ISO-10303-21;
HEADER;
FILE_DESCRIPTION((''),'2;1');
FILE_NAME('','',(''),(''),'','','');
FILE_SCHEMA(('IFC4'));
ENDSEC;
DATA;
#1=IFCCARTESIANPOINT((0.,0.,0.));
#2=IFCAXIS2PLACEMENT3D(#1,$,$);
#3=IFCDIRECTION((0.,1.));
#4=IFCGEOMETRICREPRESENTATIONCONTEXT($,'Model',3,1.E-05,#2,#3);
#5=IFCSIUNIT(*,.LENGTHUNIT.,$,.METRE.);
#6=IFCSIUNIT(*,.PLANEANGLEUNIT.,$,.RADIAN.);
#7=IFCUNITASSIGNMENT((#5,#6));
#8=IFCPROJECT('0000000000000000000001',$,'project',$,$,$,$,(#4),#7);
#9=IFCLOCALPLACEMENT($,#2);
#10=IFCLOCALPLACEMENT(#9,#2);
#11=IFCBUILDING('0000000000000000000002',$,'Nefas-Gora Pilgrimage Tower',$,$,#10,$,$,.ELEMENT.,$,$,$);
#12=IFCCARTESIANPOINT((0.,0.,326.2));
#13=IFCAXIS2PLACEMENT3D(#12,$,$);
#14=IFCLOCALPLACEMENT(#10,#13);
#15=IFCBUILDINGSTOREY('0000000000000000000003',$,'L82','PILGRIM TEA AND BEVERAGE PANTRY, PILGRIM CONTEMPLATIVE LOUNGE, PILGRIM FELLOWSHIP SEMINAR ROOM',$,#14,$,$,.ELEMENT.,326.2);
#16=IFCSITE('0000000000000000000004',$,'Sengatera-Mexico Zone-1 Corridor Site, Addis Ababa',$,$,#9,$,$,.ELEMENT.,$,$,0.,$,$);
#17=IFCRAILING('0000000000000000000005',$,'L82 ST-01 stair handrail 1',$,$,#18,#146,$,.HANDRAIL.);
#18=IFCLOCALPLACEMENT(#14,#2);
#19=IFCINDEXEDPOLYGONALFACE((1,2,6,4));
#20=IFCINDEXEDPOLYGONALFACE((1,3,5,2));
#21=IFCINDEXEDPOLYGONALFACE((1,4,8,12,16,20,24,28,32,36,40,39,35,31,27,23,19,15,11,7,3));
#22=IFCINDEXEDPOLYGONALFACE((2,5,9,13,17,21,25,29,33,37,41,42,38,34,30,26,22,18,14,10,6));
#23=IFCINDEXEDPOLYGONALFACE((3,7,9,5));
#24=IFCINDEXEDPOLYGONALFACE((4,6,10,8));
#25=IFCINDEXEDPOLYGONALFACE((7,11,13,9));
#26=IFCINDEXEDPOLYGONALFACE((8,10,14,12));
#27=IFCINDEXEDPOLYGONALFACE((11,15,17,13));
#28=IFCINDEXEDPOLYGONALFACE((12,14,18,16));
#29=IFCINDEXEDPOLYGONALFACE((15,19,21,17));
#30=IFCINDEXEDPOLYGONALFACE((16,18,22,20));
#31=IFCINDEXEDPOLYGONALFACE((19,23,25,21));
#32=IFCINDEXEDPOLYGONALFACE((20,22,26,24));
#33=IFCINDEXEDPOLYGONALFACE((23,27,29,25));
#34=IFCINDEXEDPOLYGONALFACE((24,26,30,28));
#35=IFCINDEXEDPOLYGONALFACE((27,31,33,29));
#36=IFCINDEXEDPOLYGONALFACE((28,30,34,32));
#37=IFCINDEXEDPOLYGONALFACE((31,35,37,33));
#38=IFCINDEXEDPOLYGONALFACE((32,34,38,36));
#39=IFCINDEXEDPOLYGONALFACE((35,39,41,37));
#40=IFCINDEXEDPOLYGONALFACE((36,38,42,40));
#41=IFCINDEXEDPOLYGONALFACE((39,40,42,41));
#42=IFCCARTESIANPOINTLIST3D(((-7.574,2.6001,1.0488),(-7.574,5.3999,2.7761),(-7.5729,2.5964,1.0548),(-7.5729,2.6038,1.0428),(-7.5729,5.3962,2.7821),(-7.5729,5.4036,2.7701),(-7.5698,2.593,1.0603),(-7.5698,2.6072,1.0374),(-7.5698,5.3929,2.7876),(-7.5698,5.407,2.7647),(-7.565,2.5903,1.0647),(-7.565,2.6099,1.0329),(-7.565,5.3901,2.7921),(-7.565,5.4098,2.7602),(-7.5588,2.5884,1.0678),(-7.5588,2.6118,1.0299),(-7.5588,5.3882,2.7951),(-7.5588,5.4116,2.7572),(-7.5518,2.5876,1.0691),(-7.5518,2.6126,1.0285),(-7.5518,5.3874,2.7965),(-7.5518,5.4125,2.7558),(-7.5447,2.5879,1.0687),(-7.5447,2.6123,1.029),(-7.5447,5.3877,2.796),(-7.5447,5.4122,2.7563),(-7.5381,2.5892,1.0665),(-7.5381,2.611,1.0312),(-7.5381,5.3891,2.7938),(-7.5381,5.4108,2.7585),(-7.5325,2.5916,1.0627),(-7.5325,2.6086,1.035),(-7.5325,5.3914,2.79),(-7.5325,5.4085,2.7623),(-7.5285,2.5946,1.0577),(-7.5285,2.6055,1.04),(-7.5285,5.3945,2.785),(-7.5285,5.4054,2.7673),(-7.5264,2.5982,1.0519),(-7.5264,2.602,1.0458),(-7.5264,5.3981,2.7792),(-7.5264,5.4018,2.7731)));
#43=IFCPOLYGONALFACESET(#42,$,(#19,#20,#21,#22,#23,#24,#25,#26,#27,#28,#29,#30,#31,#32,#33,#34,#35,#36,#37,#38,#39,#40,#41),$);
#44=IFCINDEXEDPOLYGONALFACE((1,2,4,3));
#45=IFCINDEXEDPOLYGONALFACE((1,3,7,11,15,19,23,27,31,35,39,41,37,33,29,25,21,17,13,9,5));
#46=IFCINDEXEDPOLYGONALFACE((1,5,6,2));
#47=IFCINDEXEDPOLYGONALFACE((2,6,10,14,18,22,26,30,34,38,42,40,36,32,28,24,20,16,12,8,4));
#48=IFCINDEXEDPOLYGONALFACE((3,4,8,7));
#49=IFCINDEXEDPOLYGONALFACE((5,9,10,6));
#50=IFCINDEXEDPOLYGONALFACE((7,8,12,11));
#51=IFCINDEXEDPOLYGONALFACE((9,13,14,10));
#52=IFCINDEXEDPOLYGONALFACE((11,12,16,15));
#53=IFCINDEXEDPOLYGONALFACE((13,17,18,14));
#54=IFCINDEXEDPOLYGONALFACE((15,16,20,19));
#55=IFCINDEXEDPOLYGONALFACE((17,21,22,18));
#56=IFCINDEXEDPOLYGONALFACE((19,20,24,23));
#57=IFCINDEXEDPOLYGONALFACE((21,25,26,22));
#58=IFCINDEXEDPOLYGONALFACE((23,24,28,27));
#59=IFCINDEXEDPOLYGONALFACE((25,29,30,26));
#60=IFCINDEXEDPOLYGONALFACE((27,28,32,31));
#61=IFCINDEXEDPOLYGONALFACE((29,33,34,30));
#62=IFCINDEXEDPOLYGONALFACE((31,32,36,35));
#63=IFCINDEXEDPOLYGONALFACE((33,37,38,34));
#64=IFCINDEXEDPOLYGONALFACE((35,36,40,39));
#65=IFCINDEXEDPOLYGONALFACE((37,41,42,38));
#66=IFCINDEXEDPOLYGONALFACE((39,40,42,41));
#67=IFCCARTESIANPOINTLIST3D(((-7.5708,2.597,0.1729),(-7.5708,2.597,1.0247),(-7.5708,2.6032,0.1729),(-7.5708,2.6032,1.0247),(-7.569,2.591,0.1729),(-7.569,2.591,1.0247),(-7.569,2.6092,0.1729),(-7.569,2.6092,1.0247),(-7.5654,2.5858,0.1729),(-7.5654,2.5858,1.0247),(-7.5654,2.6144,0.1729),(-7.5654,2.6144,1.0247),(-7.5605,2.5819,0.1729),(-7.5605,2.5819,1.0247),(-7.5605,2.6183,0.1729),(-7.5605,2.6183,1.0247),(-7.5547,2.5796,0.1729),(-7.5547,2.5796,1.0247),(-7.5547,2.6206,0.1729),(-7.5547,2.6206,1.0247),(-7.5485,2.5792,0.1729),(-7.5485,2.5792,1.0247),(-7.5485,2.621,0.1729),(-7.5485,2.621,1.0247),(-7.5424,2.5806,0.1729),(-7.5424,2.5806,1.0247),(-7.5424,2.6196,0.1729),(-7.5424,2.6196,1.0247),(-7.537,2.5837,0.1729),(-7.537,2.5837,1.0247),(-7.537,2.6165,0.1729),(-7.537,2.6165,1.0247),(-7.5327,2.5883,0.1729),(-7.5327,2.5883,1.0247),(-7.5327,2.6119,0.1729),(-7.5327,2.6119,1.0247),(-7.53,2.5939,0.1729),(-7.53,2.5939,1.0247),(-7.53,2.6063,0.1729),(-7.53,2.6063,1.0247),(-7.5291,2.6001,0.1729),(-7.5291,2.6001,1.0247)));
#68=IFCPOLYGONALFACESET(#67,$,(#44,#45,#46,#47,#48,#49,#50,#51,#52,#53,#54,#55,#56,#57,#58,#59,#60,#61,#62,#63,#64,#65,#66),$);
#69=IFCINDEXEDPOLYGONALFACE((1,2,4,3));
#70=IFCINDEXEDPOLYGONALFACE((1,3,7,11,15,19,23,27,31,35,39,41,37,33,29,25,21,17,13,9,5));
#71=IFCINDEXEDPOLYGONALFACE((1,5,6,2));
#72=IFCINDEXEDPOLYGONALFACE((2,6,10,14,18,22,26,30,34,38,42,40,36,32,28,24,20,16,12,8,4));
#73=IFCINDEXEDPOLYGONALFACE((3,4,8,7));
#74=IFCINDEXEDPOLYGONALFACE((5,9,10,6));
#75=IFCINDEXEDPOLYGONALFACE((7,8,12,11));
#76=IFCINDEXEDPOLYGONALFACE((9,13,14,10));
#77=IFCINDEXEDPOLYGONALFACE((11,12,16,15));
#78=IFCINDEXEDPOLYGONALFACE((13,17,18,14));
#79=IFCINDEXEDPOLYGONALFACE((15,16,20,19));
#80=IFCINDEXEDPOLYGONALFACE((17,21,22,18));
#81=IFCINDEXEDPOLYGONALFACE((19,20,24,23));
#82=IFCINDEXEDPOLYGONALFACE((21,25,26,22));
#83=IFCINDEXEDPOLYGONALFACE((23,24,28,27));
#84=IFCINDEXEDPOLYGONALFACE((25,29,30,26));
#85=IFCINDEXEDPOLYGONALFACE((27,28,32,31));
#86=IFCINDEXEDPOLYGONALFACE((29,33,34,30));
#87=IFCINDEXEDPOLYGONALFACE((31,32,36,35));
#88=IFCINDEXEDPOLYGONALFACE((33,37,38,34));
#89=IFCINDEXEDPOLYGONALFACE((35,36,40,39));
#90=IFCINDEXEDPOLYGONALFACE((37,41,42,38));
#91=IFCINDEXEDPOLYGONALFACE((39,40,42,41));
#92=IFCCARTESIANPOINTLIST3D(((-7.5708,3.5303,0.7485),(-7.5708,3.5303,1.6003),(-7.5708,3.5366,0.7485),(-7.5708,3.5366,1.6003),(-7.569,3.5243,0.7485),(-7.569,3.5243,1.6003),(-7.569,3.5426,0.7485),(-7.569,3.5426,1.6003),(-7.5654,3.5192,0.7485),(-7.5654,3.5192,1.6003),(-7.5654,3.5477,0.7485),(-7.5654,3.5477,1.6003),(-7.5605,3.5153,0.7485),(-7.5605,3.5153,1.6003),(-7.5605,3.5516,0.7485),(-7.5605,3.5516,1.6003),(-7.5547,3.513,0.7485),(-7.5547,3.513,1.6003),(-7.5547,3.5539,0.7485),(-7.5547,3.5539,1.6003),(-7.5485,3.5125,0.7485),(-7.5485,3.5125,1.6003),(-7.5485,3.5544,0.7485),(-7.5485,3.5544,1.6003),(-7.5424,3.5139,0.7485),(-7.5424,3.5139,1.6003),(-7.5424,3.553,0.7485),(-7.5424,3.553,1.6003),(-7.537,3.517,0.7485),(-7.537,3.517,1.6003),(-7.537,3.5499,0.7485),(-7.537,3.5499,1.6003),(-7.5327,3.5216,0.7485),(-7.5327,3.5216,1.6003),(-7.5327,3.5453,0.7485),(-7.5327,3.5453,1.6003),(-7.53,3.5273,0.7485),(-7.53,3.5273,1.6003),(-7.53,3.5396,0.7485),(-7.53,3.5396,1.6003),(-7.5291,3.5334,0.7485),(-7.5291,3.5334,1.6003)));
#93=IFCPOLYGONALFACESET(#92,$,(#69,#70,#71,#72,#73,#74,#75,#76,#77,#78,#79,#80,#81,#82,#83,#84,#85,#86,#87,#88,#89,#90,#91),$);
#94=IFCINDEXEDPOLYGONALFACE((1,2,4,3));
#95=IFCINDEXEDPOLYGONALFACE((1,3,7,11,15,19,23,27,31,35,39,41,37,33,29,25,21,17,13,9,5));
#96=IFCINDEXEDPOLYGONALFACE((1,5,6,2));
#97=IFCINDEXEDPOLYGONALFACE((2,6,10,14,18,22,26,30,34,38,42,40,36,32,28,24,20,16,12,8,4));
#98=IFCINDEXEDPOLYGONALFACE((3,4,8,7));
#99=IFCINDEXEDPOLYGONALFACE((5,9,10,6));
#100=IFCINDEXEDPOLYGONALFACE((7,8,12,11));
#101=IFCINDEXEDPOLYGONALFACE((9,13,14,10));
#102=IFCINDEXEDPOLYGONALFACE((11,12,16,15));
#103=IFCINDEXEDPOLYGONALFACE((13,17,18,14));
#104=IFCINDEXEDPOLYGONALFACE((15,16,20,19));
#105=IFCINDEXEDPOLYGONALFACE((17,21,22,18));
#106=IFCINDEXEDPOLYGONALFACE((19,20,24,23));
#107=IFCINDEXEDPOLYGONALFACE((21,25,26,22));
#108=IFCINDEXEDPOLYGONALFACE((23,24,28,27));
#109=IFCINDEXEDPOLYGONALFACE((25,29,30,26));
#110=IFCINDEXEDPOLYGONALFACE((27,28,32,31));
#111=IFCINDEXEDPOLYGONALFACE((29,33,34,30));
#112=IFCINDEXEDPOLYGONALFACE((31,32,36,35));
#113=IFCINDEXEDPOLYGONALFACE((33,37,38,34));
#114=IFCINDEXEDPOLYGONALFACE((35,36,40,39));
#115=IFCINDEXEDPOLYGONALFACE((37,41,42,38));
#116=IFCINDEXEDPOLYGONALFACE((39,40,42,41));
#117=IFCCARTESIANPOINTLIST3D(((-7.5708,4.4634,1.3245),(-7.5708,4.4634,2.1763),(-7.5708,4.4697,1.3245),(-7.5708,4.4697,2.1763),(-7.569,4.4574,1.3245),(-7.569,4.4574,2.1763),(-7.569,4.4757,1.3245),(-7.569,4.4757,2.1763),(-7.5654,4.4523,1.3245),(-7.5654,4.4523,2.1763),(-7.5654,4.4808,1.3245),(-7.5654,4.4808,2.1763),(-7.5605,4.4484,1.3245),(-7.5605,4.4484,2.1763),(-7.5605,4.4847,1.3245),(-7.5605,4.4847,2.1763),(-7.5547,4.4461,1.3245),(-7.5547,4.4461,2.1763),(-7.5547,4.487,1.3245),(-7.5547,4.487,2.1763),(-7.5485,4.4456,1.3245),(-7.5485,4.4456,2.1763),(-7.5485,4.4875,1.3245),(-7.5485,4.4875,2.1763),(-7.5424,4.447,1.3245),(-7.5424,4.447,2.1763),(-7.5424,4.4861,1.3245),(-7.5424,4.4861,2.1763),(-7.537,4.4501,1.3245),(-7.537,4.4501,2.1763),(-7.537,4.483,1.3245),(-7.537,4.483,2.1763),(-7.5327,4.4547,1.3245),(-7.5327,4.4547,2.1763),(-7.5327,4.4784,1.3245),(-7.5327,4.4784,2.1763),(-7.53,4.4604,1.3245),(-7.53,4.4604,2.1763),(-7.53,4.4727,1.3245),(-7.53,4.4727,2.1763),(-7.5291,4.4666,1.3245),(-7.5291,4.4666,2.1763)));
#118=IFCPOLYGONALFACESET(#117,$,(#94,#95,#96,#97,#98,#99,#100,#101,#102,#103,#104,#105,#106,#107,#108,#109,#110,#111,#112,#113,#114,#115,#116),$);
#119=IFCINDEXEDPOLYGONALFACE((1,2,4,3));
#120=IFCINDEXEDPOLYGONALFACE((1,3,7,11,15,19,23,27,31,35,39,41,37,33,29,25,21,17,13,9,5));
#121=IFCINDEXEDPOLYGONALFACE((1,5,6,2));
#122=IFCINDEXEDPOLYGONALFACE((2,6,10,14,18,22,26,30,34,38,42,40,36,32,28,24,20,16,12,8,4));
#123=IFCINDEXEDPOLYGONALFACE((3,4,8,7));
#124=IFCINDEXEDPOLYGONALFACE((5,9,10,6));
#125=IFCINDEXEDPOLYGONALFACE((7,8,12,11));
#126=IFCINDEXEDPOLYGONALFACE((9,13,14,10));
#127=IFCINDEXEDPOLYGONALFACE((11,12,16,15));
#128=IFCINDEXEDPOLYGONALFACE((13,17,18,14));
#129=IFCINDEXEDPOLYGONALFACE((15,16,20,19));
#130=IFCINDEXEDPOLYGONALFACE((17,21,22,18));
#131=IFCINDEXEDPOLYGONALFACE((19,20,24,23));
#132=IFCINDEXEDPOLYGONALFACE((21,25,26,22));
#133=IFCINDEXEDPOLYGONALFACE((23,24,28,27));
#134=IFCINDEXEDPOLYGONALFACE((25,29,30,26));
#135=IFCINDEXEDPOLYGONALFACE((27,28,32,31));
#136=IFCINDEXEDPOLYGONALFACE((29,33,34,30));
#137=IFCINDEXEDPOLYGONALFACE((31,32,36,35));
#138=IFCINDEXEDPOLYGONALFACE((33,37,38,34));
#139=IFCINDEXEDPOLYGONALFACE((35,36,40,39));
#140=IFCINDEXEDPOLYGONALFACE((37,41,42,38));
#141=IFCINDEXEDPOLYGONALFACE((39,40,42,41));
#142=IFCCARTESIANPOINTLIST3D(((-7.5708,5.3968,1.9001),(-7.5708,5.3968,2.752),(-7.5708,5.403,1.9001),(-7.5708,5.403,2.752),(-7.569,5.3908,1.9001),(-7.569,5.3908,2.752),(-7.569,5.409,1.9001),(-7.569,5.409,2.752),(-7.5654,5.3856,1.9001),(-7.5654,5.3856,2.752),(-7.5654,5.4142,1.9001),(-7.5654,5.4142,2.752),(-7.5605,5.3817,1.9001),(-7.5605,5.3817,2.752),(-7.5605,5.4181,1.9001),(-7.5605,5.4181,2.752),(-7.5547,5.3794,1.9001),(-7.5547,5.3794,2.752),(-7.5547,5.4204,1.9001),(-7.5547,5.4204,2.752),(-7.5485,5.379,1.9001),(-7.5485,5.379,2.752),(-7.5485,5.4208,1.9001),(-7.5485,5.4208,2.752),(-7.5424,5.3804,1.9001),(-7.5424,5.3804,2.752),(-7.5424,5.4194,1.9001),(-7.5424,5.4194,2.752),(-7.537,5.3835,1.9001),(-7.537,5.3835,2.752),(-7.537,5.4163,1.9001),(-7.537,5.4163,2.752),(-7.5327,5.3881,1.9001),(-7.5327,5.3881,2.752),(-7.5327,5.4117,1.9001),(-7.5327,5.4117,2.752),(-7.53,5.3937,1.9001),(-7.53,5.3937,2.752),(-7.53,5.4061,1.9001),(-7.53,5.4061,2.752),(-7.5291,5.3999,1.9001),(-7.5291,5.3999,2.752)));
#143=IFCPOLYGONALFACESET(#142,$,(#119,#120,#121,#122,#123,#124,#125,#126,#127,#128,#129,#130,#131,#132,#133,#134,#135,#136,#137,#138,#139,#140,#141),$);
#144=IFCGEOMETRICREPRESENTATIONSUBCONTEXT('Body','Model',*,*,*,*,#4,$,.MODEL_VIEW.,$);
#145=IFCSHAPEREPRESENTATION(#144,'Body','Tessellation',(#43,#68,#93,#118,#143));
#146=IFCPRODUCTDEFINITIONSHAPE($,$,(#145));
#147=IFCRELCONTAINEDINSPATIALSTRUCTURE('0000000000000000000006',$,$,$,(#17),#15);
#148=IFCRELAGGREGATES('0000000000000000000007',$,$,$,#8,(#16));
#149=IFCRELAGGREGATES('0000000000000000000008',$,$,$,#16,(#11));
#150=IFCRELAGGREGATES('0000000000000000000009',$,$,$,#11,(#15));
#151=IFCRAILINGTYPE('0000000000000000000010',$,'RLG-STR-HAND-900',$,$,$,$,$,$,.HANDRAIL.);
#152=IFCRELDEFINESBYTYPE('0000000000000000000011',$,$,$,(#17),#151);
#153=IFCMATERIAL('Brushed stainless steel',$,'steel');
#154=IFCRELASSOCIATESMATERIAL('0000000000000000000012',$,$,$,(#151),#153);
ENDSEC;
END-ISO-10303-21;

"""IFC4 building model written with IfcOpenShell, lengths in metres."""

from ifc_helpers import new_model, si_unit, direction, frame, origin, origin_2d, place, context, subcontext, project, spatial, circle, extrude, material, type_object, element, save


model = new_model("IFC4")

# Units and contexts
model_context = context("Model", 3, precision=1e-05, world=origin(), true_north=direction((0.0, 1.0)))
body_context = subcontext(model_context, "Body", "Model", "MODEL_VIEW")
ifc_project = project(units=[si_unit("LENGTHUNIT", "METRE"), si_unit("PLANEANGLEUNIT", "RADIAN")], contexts=[model_context])

# Site, building, storey
site_placement = place(None, origin())
site = spatial("IfcSite", under=ifc_project, at=site_placement, Name="Sengatera-Mexico Zone-1 Corridor Site, Addis Ababa", CompositionType="ELEMENT", RefElevation=0.0)
building_placement = place(site_placement, origin())
building = spatial("IfcBuilding", under=site, at=building_placement, Name="Nefas-Gora Pilgrimage Tower", CompositionType="ELEMENT")
storey_placement = place(building_placement, frame((0.0, 0.0, 326.2)))
storey = spatial("IfcBuildingStorey", under=building, at=storey_placement, Name="L82", Description="PILGRIM TEA AND BEVERAGE PANTRY, PILGRIM CONTEMPLATIVE LOUNGE, PILGRIM FELLOWSHIP SEMINAR ROOM", CompositionType="ELEMENT", Elevation=326.2)

# Railing
ifc_material_1 = material(Name="Brushed stainless steel", Category="steel")
railing_type_1 = type_object("IfcRailingType", Name="RLG-STR-HAND-900", PredefinedType="HANDRAIL", material=ifc_material_1)
railing_1_placement = place(storey_placement, frame((-7.55, 2.6001, 0.1729)))
element("IfcRailing", 1, at=railing_1_placement, inside=storey, type_object=railing_type_1, Name="L82 ST-01 stair handrail 1", PredefinedType="HANDRAIL", context=body_context, shape_type="SweptSolid", body=[
    extrude(circle(Radius=0.0239, at=origin_2d()), frame((0.0, 0.0, 0.876), z_axis=(0.0, 0.851069, 0.525054), x_axis=(-1.0, 0.0, 0.0)), (0.0, 0.0, 1.0), 3.2898),
    extrude(circle(Radius=0.021, at=origin_2d()), origin(), (0.0, 0.0, 1.0), 0.8518),
    extrude(circle(Radius=0.021, at=origin_2d()), frame((0.0, 0.9333, 0.5757)), (0.0, 0.0, 1.0), 0.8518),
    extrude(circle(Radius=0.021, at=origin_2d()), frame((0.0, 1.8665, 1.1516)), (0.0, 0.0, 1.0), 0.8518),
    extrude(circle(Radius=0.021, at=origin_2d()), frame((0.0, 2.7998, 1.7273)), (0.0, 0.0, 1.0), 0.8518),
])

save(model, "model.ifc")
